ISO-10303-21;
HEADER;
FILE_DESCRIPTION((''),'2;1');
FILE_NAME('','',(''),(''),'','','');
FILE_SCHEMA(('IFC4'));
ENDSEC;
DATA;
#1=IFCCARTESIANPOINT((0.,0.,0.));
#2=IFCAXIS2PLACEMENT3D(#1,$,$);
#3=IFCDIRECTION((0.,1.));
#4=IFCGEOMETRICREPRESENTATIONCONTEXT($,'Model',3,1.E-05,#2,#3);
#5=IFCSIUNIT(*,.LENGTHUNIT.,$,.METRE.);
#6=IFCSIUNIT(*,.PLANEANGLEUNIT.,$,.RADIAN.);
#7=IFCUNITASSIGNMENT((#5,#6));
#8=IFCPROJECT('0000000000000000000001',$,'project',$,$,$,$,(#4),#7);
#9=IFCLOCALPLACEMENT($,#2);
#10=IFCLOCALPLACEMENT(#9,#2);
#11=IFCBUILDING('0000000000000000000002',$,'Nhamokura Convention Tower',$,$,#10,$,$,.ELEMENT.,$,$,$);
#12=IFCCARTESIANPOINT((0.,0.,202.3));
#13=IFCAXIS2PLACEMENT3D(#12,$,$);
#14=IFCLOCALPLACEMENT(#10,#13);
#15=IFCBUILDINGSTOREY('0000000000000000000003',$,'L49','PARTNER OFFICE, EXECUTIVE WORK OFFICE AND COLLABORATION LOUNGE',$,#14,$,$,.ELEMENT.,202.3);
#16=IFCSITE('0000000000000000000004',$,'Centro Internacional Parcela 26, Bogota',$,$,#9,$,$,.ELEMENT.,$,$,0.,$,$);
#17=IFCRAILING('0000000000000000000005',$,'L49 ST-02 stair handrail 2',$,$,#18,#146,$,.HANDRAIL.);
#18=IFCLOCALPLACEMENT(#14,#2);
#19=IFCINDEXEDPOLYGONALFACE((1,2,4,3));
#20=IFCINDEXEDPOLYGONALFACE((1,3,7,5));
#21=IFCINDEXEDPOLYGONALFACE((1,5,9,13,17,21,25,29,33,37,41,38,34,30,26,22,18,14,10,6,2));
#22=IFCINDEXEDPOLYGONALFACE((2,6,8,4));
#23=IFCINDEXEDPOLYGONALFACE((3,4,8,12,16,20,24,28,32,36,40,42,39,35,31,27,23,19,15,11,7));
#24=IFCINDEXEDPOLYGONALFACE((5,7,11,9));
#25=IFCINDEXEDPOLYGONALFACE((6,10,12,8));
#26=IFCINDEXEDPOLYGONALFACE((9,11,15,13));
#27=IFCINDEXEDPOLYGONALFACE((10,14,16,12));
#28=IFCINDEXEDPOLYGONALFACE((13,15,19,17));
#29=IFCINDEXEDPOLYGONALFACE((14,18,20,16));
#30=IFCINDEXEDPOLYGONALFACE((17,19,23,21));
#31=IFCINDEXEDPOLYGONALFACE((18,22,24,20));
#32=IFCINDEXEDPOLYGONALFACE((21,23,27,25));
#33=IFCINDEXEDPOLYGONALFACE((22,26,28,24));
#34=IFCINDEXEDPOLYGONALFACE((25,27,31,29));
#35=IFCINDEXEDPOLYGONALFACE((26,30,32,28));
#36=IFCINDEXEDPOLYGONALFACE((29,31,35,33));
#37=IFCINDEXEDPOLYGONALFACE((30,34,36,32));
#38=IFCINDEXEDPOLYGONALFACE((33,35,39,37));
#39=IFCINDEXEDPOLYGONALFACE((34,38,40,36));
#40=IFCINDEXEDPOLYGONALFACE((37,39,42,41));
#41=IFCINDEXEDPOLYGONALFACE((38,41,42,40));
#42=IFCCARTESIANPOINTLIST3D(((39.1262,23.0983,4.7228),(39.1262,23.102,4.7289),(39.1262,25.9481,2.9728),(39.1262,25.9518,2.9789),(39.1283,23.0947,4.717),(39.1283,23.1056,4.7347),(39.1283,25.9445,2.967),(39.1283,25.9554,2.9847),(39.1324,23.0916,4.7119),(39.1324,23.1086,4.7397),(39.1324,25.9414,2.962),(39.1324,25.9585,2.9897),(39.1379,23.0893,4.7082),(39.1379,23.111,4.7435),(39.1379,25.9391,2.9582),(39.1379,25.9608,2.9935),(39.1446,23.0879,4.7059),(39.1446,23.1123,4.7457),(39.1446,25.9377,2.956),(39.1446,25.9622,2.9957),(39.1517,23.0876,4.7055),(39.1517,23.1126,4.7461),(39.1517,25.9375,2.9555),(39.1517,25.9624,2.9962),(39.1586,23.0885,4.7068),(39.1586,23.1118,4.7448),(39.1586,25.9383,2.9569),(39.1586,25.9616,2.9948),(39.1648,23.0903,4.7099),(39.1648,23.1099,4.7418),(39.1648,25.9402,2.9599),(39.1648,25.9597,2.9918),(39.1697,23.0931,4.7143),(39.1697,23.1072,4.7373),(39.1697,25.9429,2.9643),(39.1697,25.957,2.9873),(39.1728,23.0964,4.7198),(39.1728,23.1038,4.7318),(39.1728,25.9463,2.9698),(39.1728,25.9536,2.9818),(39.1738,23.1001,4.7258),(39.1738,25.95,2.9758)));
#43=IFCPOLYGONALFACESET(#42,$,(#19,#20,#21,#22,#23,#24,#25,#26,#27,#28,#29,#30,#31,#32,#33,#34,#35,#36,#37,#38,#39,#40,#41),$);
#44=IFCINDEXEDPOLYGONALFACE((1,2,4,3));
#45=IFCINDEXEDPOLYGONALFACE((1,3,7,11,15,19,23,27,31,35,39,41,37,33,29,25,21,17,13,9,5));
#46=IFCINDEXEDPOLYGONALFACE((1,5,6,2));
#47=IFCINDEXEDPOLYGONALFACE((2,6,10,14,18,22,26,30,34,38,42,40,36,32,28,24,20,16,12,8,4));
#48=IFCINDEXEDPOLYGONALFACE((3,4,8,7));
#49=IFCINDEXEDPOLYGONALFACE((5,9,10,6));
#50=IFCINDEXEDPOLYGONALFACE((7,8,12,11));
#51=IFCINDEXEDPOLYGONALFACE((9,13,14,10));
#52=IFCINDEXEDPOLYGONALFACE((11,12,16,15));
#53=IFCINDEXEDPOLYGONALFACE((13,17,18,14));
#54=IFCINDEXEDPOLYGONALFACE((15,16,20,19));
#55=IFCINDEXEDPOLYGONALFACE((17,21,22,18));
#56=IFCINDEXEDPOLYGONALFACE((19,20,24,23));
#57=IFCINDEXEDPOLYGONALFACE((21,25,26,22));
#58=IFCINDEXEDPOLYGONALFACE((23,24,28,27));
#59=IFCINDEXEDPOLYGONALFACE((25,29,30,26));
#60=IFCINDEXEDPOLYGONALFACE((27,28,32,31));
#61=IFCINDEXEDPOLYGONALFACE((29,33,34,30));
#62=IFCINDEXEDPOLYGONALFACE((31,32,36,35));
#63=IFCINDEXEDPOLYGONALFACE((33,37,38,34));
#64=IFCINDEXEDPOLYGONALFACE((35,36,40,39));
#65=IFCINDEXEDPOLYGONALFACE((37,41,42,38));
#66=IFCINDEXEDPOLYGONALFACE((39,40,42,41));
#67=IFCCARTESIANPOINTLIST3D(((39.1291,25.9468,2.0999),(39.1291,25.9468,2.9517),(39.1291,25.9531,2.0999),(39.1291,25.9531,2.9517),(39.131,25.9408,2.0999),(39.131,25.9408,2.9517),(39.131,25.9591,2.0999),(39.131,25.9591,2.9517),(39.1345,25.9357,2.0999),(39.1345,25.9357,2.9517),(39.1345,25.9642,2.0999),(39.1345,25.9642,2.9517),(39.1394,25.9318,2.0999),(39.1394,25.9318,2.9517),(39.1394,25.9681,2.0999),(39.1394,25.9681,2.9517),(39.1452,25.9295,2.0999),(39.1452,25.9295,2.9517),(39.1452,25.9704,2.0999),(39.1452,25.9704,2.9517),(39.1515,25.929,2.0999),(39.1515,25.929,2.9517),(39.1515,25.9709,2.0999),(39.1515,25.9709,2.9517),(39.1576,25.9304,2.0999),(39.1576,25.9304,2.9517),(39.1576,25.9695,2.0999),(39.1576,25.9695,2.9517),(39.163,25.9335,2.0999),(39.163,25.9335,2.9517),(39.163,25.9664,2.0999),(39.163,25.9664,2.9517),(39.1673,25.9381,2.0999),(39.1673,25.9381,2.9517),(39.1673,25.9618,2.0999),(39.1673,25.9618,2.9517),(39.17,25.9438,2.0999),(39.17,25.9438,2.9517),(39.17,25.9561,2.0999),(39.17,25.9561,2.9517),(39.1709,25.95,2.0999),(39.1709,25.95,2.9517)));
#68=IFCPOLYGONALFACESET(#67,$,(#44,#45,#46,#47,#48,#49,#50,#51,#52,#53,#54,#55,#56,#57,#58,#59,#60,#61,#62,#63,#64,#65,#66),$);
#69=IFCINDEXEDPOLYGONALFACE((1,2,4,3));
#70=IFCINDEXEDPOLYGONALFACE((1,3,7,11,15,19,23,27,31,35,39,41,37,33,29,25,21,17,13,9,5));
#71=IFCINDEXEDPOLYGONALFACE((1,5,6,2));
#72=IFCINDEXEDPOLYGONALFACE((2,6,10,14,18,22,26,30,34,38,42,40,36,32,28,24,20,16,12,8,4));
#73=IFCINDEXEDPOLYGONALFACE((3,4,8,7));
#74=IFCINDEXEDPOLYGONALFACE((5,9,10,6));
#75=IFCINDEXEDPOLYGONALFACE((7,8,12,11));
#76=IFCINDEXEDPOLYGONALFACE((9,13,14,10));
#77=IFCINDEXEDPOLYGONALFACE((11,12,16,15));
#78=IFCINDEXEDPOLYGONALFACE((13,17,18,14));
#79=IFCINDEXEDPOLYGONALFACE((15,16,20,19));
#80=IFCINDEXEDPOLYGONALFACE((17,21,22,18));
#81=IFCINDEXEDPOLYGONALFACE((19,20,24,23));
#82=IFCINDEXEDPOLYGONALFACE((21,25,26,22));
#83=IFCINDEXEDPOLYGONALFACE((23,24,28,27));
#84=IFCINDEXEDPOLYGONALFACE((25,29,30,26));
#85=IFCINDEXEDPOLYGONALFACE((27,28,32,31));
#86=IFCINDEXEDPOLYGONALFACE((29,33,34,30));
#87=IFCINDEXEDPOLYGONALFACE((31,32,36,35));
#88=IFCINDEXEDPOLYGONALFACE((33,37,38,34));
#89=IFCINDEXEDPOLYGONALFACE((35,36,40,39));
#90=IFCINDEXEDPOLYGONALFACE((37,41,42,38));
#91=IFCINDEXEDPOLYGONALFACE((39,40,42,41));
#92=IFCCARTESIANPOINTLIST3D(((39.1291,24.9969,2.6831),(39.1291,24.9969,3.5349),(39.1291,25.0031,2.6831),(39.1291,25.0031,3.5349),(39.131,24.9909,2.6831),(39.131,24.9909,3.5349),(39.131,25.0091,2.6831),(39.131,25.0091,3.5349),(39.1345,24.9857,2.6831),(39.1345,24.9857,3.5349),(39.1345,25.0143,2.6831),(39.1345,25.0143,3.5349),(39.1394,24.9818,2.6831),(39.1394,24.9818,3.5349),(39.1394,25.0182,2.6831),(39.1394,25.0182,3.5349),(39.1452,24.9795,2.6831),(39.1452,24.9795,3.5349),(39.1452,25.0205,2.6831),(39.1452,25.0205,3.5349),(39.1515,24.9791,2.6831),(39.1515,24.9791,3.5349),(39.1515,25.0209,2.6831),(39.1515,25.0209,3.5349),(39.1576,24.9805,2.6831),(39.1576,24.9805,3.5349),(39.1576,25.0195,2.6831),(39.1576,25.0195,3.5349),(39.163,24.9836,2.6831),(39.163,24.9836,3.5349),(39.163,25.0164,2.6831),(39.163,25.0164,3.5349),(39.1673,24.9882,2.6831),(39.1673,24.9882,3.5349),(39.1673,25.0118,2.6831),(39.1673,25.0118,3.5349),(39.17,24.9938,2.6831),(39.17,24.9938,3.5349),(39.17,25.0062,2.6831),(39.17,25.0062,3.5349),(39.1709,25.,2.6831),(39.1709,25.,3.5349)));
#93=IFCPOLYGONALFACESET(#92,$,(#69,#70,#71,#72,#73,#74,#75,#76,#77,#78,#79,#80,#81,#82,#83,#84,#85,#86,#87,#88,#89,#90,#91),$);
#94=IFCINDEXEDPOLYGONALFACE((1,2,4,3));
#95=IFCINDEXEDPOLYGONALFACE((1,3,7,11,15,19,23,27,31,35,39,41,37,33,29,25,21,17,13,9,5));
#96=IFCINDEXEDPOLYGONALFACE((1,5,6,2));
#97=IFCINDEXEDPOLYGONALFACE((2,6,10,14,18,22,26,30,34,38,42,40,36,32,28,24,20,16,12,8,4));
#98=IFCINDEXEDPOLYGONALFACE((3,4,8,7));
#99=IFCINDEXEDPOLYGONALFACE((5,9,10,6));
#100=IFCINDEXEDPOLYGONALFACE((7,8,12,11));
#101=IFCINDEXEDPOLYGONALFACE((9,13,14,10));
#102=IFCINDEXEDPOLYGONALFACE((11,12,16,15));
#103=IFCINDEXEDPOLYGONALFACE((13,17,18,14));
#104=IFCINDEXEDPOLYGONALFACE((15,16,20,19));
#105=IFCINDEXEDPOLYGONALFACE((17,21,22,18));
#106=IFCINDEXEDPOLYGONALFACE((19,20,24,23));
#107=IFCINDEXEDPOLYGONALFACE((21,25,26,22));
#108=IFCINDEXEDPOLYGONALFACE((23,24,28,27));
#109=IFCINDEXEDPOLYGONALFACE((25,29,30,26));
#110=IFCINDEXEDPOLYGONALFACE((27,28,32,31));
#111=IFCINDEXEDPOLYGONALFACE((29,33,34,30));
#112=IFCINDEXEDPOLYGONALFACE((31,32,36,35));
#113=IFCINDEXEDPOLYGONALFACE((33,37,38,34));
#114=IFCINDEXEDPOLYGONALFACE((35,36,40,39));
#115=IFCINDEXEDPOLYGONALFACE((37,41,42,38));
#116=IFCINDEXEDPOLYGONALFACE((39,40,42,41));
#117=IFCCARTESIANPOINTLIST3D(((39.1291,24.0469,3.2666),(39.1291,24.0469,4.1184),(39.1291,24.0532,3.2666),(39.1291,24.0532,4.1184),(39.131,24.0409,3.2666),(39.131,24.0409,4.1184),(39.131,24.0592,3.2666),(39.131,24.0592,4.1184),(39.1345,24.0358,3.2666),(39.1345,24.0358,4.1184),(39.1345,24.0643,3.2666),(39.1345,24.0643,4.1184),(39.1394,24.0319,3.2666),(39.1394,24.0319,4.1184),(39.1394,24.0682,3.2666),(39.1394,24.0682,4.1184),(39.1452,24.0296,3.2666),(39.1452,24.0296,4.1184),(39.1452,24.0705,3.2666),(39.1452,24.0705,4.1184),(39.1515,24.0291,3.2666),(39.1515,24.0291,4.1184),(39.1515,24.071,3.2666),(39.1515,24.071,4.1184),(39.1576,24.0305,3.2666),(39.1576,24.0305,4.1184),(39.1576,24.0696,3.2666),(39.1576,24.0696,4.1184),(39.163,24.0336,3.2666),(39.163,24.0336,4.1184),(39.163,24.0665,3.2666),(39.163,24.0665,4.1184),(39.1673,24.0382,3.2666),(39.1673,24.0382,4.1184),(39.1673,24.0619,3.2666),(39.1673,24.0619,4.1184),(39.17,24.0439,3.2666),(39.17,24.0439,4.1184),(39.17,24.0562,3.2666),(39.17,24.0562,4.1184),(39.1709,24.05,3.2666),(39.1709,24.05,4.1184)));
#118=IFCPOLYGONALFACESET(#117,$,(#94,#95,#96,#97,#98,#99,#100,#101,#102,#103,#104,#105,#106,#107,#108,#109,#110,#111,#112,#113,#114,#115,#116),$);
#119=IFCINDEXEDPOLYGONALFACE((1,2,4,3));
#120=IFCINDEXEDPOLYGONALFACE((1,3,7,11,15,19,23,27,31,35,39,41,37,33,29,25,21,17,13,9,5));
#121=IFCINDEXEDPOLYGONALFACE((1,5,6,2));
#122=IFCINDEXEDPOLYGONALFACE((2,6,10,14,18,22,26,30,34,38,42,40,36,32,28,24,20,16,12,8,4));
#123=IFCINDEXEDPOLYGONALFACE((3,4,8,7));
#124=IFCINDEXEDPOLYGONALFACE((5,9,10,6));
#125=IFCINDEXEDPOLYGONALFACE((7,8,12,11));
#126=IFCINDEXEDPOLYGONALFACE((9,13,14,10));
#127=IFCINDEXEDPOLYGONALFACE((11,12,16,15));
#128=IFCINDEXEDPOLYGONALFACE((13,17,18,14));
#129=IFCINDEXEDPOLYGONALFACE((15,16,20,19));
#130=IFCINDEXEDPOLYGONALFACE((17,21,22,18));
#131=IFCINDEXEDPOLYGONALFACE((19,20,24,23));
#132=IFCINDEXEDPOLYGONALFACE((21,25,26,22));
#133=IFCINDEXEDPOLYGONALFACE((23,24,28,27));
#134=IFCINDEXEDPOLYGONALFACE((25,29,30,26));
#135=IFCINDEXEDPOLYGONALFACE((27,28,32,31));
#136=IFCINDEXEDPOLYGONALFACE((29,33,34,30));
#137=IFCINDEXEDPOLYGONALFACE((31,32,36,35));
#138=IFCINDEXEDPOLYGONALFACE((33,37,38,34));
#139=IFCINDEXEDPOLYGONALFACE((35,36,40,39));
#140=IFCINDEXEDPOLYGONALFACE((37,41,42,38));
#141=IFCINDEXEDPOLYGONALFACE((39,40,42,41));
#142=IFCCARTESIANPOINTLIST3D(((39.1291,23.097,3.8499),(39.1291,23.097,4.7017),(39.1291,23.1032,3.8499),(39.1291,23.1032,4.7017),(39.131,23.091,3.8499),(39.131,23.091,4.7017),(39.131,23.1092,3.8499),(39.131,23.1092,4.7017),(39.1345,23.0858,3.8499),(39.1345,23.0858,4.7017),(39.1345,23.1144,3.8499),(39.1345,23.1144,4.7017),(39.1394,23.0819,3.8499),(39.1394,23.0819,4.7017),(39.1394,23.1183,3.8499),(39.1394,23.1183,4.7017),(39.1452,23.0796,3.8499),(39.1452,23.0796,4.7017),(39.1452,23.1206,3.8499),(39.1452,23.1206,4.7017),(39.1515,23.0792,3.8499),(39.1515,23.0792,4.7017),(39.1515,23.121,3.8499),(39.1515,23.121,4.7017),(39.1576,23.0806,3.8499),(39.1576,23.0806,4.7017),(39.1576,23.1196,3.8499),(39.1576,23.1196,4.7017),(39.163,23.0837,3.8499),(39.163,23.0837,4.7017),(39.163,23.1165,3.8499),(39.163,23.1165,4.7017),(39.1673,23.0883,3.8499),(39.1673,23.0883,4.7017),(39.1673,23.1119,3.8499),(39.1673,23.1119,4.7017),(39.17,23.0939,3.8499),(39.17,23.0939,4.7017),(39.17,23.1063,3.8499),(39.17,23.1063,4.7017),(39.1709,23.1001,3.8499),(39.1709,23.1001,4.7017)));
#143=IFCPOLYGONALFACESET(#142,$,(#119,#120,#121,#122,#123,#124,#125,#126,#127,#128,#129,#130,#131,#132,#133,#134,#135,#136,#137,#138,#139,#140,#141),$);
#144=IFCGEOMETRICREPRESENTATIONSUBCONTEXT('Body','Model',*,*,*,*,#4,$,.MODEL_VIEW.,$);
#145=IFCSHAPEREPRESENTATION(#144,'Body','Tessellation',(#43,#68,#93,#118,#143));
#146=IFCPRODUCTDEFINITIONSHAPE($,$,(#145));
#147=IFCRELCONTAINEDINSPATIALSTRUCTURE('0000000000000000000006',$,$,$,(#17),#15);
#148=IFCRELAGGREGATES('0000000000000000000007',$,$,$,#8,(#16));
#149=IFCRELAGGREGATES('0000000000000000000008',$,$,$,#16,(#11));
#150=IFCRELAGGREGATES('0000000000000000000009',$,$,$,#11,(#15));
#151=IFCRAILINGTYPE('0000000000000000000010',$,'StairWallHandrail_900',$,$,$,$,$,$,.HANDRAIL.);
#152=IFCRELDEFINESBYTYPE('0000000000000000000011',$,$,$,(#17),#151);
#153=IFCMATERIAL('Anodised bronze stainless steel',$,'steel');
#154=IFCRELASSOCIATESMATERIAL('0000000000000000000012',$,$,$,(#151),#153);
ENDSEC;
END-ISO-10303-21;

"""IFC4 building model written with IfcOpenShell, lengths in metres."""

from ifc_helpers import new_model, si_unit, direction, frame, origin, origin_2d, place, context, subcontext, project, spatial, circle, extrude, material, type_object, element, save


model = new_model("IFC4")

# Units and contexts
model_context = context("Model", 3, precision=1e-05, world=origin(), true_north=direction((0.0, 1.0)))
body_context = subcontext(model_context, "Body", "Model", "MODEL_VIEW")
ifc_project = project(units=[si_unit("LENGTHUNIT", "METRE"), si_unit("PLANEANGLEUNIT", "RADIAN")], contexts=[model_context])

# Site, building, storey
site_placement = place(None, origin())
site = spatial("IfcSite", under=ifc_project, at=site_placement, Name="Centro Internacional Parcela 26, Bogota", CompositionType="ELEMENT", RefElevation=0.0)
building_placement = place(site_placement, origin())
building = spatial("IfcBuilding", under=site, at=building_placement, Name="Nhamokura Convention Tower", CompositionType="ELEMENT")
storey_placement = place(building_placement, frame((0.0, 0.0, 202.3)))
storey = spatial("IfcBuildingStorey", under=building, at=storey_placement, Name="L49", Description="PARTNER OFFICE, EXECUTIVE WORK OFFICE AND COLLABORATION LOUNGE", CompositionType="ELEMENT", Elevation=202.3)

# Railing
ifc_material_1 = material(Name="Anodised bronze stainless steel", Category="steel")
railing_type_1 = type_object("IfcRailingType", Name="StairWallHandrail_900", PredefinedType="HANDRAIL", material=ifc_material_1)
railing_1_placement = place(storey_placement, frame((39.1499, 25.95, 2.0999)))
element("IfcRailing", 1, at=railing_1_placement, inside=storey, type_object=railing_type_1, Name="L49 ST-02 stair handrail 2", PredefinedType="HANDRAIL", context=body_context, shape_type="SweptSolid", body=[
    extrude(circle(Radius=0.0239, at=origin_2d()), frame((0.0, 0.0, 0.876), z_axis=(0.0, -0.852159, 0.523283), x_axis=(1.0, 0.0, 0.0)), (0.0, 0.0, 1.0), 3.3442),
    extrude(circle(Radius=0.021, at=origin_2d()), origin(), (0.0, 0.0, 1.0), 0.8518),
    extrude(circle(Radius=0.021, at=origin_2d()), frame((0.0, -0.95, 0.5833)), (0.0, 0.0, 1.0), 0.8518),
    extrude(circle(Radius=0.021, at=origin_2d()), frame((0.0, -1.8999, 1.1667)), (0.0, 0.0, 1.0), 0.8518),
    extrude(circle(Radius=0.021, at=origin_2d()), frame((0.0, -2.8499, 1.75)), (0.0, 0.0, 1.0), 0.8518),
])

save(model, "model.ifc")
